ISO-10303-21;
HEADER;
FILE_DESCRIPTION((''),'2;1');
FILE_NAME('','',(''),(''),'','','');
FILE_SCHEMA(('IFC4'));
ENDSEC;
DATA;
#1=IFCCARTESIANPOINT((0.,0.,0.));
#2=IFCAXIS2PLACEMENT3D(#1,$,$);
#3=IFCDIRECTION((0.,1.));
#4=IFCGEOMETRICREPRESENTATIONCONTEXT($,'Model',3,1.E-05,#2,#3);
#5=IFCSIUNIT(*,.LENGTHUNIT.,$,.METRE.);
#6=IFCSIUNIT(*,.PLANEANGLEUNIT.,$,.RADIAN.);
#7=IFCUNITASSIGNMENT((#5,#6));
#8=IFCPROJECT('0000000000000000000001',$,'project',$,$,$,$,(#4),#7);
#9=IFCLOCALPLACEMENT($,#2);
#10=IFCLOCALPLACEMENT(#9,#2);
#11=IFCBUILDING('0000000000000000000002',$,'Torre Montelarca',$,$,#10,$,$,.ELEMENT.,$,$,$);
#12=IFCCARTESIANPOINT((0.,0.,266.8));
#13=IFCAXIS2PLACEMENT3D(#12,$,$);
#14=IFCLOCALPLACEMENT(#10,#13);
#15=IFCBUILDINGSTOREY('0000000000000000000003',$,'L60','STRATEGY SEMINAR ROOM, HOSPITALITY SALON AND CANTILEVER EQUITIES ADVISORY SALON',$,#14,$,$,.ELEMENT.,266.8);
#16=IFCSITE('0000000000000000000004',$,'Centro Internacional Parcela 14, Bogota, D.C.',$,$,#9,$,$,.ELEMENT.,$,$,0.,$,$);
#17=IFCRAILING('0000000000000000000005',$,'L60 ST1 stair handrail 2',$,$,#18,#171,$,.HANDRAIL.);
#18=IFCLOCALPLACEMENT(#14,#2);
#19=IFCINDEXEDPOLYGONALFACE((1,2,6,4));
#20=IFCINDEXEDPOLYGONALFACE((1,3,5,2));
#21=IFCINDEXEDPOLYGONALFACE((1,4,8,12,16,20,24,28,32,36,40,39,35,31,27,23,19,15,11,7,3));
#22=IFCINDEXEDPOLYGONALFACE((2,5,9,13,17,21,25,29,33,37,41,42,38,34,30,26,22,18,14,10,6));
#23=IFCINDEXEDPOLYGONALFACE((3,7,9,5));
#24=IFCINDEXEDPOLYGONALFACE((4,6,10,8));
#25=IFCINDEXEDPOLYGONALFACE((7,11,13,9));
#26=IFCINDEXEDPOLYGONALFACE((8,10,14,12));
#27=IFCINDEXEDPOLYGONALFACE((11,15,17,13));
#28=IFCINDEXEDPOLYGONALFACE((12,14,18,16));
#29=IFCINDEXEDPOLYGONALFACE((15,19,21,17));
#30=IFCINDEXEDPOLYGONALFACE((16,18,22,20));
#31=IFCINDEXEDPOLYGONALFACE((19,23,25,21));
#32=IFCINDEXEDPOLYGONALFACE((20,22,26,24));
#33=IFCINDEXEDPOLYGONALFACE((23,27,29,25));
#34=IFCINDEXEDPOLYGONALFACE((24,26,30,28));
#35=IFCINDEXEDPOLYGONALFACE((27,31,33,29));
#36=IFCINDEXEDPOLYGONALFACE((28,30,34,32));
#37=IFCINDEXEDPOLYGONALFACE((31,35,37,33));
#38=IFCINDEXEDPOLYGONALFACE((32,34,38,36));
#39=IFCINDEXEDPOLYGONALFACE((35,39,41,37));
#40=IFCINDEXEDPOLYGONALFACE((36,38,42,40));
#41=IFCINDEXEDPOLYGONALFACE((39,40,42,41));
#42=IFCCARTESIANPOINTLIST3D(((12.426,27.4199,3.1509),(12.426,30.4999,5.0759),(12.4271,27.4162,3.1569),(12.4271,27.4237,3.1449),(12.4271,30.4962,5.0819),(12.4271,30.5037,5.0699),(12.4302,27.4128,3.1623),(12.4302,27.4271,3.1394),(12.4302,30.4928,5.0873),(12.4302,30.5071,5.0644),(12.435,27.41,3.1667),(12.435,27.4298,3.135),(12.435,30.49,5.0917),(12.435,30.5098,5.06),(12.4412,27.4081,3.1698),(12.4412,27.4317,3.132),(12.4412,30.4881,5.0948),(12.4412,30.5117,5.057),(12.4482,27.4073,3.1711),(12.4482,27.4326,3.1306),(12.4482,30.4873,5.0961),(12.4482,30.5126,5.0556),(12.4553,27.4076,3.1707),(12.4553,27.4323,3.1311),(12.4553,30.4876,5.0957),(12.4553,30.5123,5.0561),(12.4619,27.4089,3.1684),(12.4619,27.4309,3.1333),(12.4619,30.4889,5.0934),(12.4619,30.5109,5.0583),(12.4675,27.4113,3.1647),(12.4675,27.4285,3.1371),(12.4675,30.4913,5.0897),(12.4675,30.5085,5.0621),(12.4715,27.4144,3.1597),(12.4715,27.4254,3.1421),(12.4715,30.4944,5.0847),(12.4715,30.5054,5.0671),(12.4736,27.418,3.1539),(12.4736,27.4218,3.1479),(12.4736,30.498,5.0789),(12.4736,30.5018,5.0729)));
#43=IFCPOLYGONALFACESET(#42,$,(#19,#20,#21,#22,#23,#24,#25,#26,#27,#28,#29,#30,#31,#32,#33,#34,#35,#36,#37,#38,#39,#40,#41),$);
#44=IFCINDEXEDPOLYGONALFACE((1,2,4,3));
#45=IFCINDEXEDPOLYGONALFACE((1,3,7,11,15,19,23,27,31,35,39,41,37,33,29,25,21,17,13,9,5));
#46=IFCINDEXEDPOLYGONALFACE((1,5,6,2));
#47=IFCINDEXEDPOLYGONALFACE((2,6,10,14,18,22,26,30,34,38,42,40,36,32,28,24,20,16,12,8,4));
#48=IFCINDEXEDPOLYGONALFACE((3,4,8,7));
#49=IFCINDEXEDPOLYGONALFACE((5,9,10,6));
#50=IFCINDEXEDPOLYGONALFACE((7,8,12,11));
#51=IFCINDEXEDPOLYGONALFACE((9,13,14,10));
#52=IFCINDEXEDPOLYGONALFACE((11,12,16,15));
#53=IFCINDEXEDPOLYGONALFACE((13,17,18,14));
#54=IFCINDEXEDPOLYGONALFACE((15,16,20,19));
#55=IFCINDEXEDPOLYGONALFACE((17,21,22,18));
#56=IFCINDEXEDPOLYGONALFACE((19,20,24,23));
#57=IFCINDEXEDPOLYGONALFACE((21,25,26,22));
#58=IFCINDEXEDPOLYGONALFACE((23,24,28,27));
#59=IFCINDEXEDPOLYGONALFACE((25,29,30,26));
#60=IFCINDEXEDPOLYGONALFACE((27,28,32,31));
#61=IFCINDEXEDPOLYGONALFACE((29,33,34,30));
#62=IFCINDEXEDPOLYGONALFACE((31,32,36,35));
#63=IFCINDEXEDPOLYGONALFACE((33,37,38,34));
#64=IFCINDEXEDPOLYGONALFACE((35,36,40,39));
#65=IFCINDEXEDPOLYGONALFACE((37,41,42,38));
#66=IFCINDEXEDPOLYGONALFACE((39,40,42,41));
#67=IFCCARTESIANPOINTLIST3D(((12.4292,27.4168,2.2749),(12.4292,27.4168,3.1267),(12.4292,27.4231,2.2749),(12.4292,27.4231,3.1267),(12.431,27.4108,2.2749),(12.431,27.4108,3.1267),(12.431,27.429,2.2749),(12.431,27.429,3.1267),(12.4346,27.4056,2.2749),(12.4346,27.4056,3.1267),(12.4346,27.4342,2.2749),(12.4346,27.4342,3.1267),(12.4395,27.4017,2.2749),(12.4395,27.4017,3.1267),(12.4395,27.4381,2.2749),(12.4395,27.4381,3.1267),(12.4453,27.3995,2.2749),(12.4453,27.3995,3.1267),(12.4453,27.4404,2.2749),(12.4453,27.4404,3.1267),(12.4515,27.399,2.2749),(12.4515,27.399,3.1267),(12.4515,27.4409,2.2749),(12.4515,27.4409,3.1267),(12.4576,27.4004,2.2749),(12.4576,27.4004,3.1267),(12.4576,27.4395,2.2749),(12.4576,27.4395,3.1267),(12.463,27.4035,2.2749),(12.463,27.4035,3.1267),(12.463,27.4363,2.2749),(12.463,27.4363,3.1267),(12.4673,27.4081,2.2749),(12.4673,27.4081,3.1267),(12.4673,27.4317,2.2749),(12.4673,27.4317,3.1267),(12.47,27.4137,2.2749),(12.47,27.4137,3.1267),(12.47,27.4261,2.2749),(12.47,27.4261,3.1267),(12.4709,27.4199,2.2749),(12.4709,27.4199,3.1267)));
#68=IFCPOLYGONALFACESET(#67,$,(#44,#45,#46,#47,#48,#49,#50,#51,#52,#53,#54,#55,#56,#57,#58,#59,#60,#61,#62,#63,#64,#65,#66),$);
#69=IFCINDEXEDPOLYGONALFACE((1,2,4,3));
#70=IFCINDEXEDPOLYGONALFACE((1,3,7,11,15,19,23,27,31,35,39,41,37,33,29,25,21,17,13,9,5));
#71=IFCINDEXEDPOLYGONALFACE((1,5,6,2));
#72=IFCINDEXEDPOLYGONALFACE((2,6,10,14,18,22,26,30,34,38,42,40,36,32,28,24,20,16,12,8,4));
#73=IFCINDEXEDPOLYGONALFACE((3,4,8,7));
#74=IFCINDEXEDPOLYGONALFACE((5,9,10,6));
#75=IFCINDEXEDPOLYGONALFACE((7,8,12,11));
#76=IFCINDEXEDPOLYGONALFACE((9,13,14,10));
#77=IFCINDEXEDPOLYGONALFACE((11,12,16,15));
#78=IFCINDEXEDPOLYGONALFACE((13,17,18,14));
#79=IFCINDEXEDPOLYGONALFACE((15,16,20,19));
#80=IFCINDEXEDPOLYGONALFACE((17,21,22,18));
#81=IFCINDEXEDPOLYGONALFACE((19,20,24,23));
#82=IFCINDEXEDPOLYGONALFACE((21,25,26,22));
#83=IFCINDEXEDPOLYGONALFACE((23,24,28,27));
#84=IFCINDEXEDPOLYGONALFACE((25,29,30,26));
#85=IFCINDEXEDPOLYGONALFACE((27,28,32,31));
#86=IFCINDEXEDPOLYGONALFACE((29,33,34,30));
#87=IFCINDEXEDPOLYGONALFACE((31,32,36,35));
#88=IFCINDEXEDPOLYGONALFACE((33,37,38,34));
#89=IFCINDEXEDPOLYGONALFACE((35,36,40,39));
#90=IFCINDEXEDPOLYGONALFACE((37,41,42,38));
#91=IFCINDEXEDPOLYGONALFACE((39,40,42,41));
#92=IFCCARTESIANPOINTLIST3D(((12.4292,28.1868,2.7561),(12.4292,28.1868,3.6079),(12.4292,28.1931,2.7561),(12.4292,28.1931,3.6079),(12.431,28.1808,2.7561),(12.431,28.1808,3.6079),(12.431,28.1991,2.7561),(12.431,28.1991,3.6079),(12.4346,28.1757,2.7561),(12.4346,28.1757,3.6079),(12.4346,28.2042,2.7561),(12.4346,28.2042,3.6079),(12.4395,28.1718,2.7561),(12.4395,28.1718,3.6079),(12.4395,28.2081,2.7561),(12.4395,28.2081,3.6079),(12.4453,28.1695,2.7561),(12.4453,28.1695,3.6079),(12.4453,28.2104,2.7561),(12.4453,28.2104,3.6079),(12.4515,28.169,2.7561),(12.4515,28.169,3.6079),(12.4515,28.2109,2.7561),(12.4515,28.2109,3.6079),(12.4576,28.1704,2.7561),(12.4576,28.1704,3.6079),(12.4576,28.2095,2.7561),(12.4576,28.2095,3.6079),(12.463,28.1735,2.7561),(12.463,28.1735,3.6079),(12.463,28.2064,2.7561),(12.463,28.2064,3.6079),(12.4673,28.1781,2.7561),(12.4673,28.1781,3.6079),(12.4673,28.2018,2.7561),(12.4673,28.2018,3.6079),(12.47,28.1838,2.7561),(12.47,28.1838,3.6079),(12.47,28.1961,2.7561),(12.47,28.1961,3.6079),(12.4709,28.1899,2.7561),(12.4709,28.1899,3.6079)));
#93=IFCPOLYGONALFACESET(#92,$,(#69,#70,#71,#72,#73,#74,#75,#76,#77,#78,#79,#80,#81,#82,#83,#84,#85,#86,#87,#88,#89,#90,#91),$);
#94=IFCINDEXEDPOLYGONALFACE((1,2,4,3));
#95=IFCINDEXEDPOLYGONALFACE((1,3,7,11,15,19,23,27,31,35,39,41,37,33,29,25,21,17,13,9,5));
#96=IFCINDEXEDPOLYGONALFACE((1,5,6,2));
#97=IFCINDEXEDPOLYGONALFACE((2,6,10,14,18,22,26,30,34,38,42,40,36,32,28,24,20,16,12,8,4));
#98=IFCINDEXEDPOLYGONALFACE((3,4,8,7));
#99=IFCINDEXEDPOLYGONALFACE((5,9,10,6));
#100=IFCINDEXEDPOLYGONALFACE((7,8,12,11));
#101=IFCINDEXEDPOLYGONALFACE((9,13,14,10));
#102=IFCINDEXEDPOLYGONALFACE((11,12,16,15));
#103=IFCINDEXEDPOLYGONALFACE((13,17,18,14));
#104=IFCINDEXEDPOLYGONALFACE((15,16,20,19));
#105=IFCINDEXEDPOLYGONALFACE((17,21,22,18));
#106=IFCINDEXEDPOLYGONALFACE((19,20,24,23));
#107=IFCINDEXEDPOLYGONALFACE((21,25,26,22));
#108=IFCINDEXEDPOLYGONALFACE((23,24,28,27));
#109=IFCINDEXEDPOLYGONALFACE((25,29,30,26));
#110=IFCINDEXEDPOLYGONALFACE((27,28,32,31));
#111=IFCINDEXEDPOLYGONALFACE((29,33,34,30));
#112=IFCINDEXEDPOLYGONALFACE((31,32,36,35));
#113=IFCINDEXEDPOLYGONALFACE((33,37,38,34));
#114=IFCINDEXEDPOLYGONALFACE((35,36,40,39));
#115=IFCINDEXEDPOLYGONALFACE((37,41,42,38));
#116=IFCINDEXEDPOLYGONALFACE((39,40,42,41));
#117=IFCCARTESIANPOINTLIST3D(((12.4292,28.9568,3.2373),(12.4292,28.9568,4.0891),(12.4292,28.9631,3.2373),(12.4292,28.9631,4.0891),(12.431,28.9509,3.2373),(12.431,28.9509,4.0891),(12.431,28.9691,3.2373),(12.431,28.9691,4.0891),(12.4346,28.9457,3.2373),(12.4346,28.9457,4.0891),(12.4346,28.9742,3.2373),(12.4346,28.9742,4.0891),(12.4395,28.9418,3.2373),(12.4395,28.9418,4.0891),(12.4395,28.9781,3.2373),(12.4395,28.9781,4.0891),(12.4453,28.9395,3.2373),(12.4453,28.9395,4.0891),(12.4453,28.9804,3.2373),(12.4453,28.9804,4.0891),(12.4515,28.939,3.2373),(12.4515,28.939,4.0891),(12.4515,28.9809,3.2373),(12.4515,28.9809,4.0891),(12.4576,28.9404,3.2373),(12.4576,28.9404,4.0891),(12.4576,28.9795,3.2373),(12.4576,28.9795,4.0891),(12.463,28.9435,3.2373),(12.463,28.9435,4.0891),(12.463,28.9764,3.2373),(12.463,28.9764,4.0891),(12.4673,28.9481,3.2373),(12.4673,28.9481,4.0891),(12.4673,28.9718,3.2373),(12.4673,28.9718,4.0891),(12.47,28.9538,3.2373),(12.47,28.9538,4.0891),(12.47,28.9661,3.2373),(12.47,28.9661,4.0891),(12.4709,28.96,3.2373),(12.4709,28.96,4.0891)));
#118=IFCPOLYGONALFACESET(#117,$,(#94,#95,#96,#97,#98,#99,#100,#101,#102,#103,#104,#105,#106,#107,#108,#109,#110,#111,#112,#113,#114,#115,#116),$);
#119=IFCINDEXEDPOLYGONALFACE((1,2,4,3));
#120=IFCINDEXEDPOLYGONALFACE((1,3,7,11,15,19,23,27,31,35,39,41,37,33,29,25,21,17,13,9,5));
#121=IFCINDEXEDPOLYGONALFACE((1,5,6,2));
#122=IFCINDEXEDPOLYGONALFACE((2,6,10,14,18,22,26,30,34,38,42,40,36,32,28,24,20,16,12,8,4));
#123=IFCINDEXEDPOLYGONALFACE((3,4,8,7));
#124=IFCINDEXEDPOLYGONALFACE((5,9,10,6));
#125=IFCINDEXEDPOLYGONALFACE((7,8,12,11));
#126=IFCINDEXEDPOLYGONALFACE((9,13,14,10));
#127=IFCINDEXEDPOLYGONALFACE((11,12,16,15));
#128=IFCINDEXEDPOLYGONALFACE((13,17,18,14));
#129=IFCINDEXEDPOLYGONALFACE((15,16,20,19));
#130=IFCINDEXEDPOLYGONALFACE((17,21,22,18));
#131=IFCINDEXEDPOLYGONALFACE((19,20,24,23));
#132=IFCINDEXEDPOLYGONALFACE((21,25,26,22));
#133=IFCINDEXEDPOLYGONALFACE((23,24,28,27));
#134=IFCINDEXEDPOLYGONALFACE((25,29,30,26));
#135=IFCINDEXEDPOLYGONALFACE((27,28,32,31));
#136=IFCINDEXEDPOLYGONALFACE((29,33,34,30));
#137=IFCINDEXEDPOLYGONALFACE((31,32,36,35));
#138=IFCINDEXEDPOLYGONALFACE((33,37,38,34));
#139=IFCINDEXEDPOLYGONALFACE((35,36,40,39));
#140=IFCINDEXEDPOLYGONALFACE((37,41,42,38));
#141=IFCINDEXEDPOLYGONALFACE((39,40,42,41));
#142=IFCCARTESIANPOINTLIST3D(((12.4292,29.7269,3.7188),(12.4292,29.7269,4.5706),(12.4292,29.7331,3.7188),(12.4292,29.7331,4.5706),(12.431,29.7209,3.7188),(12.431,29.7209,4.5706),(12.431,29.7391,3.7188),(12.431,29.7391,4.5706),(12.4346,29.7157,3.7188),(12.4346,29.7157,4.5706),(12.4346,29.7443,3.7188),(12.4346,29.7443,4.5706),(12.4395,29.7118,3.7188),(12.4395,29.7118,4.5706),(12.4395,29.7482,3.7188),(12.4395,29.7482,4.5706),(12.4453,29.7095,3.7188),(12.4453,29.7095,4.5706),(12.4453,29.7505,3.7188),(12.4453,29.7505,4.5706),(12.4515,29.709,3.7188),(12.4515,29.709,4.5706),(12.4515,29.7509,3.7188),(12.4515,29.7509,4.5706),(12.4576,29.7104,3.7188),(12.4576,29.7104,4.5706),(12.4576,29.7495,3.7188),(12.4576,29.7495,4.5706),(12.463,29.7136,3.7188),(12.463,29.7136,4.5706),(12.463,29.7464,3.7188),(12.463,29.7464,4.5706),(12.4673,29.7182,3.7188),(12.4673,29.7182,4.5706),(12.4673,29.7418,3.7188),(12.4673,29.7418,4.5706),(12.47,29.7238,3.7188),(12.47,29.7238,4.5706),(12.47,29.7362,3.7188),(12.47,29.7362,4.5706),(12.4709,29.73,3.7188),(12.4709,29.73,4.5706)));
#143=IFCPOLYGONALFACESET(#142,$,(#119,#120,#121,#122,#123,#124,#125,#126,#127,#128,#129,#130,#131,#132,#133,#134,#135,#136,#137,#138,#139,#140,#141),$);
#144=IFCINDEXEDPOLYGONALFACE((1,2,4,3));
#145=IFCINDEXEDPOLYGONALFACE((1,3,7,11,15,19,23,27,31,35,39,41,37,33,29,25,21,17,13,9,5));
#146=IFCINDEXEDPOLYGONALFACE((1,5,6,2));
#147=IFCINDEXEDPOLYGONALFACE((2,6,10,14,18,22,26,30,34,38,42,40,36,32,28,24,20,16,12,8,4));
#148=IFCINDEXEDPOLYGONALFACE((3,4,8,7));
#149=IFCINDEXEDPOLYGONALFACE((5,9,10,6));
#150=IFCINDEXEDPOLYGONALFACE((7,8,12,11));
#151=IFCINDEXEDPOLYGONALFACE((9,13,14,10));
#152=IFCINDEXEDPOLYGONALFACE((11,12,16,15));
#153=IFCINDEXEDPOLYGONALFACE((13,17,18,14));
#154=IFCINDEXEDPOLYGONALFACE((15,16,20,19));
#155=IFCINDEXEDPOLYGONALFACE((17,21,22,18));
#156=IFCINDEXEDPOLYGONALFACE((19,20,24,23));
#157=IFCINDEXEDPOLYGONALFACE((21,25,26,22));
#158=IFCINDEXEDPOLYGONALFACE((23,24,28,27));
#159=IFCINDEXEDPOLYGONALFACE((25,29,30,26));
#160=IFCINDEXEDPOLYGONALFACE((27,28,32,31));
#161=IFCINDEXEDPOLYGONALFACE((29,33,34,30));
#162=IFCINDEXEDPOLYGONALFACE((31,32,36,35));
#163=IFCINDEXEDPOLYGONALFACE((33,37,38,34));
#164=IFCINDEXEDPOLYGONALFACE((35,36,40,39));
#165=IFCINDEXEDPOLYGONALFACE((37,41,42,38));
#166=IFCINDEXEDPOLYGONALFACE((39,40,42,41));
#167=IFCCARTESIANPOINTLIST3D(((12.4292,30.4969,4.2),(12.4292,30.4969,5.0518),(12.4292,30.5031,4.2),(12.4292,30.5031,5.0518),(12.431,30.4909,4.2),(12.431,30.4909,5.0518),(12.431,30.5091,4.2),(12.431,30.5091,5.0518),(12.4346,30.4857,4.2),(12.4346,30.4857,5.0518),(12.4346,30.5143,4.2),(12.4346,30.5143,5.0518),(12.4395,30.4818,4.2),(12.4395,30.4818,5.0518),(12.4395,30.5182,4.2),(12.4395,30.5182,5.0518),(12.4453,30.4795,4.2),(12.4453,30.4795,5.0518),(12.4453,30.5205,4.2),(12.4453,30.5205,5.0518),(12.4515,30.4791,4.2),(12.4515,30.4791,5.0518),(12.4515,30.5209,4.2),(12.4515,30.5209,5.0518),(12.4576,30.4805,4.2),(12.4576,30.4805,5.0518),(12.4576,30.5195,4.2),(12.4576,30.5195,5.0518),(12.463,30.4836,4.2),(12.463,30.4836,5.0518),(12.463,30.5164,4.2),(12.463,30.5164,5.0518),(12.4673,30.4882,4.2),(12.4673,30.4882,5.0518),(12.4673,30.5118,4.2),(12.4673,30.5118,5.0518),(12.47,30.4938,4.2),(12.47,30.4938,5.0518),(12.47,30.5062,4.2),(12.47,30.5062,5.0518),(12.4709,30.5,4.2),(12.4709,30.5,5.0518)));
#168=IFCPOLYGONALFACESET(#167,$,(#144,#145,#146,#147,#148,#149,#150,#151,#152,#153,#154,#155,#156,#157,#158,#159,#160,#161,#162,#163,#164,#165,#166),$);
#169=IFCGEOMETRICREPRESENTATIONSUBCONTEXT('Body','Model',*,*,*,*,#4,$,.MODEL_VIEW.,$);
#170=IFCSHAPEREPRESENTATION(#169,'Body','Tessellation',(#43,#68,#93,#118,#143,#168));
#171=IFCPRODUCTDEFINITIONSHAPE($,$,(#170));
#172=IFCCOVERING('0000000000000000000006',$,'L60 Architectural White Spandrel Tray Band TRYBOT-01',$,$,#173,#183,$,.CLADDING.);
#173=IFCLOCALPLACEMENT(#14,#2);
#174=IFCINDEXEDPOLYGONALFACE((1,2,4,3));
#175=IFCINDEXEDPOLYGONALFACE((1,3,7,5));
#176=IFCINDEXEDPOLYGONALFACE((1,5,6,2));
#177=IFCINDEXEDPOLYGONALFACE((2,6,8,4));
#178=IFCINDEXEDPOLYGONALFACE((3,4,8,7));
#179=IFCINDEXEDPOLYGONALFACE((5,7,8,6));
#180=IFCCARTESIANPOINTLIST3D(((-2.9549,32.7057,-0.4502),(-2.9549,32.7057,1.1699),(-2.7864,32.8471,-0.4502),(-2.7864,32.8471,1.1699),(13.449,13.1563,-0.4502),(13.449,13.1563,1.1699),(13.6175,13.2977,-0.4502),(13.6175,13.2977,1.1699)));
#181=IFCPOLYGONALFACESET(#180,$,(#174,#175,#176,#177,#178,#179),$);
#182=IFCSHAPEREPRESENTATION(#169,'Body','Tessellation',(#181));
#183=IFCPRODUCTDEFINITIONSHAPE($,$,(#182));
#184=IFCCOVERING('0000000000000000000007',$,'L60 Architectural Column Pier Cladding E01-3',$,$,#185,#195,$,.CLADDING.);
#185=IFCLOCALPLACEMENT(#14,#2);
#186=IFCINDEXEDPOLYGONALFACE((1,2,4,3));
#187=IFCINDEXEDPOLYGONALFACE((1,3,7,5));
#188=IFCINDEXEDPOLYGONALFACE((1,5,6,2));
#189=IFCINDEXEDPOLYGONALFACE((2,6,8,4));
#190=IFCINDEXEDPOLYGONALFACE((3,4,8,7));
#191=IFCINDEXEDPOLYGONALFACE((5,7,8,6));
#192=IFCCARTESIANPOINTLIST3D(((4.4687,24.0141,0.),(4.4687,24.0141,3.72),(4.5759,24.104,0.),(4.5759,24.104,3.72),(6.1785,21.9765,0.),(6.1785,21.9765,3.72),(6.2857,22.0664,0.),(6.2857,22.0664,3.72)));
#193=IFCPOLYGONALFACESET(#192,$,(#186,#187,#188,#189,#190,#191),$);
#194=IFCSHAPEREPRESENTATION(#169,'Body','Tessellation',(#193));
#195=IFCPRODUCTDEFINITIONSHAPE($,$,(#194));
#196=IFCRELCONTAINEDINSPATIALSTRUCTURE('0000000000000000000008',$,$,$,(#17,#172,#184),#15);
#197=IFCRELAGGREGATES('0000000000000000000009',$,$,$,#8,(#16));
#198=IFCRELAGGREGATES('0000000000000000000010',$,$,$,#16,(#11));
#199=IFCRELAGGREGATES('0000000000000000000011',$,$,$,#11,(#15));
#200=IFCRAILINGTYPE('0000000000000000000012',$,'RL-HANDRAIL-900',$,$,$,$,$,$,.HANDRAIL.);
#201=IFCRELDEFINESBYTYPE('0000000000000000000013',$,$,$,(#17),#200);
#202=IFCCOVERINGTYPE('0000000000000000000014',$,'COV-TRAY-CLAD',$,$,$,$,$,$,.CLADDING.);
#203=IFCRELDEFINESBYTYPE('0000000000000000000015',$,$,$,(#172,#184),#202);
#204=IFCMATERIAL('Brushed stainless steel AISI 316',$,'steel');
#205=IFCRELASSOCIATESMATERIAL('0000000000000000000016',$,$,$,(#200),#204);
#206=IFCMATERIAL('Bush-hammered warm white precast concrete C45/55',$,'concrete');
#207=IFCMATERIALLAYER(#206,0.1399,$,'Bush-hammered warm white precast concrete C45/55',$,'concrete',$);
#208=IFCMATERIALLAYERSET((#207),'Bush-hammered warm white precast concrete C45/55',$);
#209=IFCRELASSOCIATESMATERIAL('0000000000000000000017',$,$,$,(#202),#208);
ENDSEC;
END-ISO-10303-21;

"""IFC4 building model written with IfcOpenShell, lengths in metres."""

from ifc_helpers import new_model, si_unit, direction, frame, origin, origin_2d, place, context, subcontext, project, spatial, rectangle, circle, extrude, source, transform, mapped, material, layer, layer_set, type_object, element, save


model = new_model("IFC4")

# Units and contexts
model_context = context("Model", 3, precision=1e-05, world=origin(), true_north=direction((0.0, 1.0)))
body_context = subcontext(model_context, "Body", "Model", "MODEL_VIEW")
ifc_project = project(units=[si_unit("LENGTHUNIT", "METRE"), si_unit("PLANEANGLEUNIT", "RADIAN")], contexts=[model_context])

# Site, building, storey
site_placement = place(None, origin())
site = spatial("IfcSite", under=ifc_project, at=site_placement, Name="Centro Internacional Parcela 14, Bogota, D.C.", CompositionType="ELEMENT", RefElevation=0.0)
building_placement = place(site_placement, origin())
building = spatial("IfcBuilding", under=site, at=building_placement, Name="Torre Montelarca", CompositionType="ELEMENT")
storey_placement = place(building_placement, frame((0.0, 0.0, 266.8)))
storey = spatial("IfcBuildingStorey", under=building, at=storey_placement, Name="L60", Description="STRATEGY SEMINAR ROOM, HOSPITALITY SALON AND CANTILEVER EQUITIES ADVISORY SALON", CompositionType="ELEMENT", Elevation=266.8)

# Railing
ifc_material_1 = material(Name="Brushed stainless steel AISI 316", Category="steel")
railing_type_1 = type_object("IfcRailingType", Name="RL-HANDRAIL-900", PredefinedType="HANDRAIL", material=ifc_material_1)
railing_1_placement = place(storey_placement, frame((12.45, 27.4199, 2.2749)))
element("IfcRailing", 1, at=railing_1_placement, inside=storey, type_object=railing_type_1, Name="L60 ST1 stair handrail 2", PredefinedType="HANDRAIL", context=body_context, shape_type="SweptSolid", body=[
    extrude(circle(Radius=0.0239, at=origin_2d()), frame((0.0, 0.0, 0.876), z_axis=(0.0, 0.847998, 0.529999), x_axis=(-1.0, 0.0, 0.0)), (0.0, 0.0, 1.0), 3.6321),
    extrude(circle(Radius=0.021, at=origin_2d()), origin(), (0.0, 0.0, 1.0), 0.8518),
    extrude(circle(Radius=0.021, at=origin_2d()), frame((0.0, 0.77, 0.4812)), (0.0, 0.0, 1.0), 0.8518),
    extrude(circle(Radius=0.021, at=origin_2d()), frame((0.0, 1.54, 0.9624)), (0.0, 0.0, 1.0), 0.8518),
    extrude(circle(Radius=0.021, at=origin_2d()), frame((0.0, 2.3101, 1.4438)), (0.0, 0.0, 1.0), 0.8518),
    extrude(circle(Radius=0.021, at=origin_2d()), frame((0.0, 3.0801, 1.925)), (0.0, 0.0, 1.0), 0.8518),
])

# Coverings
ifc_material_2 = material(Name="Bush-hammered warm white precast concrete C45/55", Category="concrete")
ifc_layer_1 = layer(ifc_material_2, 0.1399, Name="Bush-hammered warm white precast concrete C45/55", Category="concrete")
ifc_layer_set_1 = layer_set([ifc_layer_1], Name="Bush-hammered warm white precast concrete C45/55")
covering_type = type_object("IfcCoveringType", Name="COV-TRAY-CLAD", PredefinedType="CLADDING", material=ifc_layer_set_1)
shared_shape_1 = source(origin(), body_context, "Body", "SweptSolid", [
    extrude(rectangle(XDim=25.52, YDim=0.22, at=origin_2d()), origin(), (0.0, 0.0, 1.0), 1.6201),
])
covering_1_placement = place(storey_placement, frame((5.3313, 23.0017, -0.4502), z_axis=(0.0, 0.0, 1.0), x_axis=(0.642788, -0.766044, 0.0)))
element("IfcCovering", 2, at=covering_1_placement, inside=storey, type_object=covering_type, Name="L60 Architectural White Spandrel Tray Band TRYBOT-01", PredefinedType="CLADDING", context=body_context, shape_type="MappedRepresentation", body=[
    mapped(shared_shape_1, transform((0.0, 0.0, 0.0), scale=1.0)),
])
shared_shape_2 = source(origin(), body_context, "Body", "SweptSolid", [
    extrude(rectangle(XDim=2.6599, YDim=0.1399, at=origin_2d()), origin(), (0.0, 0.0, 1.0), 3.72),
])
covering_2_placement = place(storey_placement, frame((5.3772, 23.0403, 0.0), z_axis=(0.0, 0.0, 1.0), x_axis=(0.642789, -0.766043, 0.0)))
element("IfcCovering", 3, at=covering_2_placement, inside=storey, type_object=covering_type, Name="L60 Architectural Column Pier Cladding E01-3", PredefinedType="CLADDING", context=body_context, shape_type="MappedRepresentation", body=[
    mapped(shared_shape_2, transform((0.0, 0.0, 0.0), scale=1.0)),
])

save(model, "model.ifc")
